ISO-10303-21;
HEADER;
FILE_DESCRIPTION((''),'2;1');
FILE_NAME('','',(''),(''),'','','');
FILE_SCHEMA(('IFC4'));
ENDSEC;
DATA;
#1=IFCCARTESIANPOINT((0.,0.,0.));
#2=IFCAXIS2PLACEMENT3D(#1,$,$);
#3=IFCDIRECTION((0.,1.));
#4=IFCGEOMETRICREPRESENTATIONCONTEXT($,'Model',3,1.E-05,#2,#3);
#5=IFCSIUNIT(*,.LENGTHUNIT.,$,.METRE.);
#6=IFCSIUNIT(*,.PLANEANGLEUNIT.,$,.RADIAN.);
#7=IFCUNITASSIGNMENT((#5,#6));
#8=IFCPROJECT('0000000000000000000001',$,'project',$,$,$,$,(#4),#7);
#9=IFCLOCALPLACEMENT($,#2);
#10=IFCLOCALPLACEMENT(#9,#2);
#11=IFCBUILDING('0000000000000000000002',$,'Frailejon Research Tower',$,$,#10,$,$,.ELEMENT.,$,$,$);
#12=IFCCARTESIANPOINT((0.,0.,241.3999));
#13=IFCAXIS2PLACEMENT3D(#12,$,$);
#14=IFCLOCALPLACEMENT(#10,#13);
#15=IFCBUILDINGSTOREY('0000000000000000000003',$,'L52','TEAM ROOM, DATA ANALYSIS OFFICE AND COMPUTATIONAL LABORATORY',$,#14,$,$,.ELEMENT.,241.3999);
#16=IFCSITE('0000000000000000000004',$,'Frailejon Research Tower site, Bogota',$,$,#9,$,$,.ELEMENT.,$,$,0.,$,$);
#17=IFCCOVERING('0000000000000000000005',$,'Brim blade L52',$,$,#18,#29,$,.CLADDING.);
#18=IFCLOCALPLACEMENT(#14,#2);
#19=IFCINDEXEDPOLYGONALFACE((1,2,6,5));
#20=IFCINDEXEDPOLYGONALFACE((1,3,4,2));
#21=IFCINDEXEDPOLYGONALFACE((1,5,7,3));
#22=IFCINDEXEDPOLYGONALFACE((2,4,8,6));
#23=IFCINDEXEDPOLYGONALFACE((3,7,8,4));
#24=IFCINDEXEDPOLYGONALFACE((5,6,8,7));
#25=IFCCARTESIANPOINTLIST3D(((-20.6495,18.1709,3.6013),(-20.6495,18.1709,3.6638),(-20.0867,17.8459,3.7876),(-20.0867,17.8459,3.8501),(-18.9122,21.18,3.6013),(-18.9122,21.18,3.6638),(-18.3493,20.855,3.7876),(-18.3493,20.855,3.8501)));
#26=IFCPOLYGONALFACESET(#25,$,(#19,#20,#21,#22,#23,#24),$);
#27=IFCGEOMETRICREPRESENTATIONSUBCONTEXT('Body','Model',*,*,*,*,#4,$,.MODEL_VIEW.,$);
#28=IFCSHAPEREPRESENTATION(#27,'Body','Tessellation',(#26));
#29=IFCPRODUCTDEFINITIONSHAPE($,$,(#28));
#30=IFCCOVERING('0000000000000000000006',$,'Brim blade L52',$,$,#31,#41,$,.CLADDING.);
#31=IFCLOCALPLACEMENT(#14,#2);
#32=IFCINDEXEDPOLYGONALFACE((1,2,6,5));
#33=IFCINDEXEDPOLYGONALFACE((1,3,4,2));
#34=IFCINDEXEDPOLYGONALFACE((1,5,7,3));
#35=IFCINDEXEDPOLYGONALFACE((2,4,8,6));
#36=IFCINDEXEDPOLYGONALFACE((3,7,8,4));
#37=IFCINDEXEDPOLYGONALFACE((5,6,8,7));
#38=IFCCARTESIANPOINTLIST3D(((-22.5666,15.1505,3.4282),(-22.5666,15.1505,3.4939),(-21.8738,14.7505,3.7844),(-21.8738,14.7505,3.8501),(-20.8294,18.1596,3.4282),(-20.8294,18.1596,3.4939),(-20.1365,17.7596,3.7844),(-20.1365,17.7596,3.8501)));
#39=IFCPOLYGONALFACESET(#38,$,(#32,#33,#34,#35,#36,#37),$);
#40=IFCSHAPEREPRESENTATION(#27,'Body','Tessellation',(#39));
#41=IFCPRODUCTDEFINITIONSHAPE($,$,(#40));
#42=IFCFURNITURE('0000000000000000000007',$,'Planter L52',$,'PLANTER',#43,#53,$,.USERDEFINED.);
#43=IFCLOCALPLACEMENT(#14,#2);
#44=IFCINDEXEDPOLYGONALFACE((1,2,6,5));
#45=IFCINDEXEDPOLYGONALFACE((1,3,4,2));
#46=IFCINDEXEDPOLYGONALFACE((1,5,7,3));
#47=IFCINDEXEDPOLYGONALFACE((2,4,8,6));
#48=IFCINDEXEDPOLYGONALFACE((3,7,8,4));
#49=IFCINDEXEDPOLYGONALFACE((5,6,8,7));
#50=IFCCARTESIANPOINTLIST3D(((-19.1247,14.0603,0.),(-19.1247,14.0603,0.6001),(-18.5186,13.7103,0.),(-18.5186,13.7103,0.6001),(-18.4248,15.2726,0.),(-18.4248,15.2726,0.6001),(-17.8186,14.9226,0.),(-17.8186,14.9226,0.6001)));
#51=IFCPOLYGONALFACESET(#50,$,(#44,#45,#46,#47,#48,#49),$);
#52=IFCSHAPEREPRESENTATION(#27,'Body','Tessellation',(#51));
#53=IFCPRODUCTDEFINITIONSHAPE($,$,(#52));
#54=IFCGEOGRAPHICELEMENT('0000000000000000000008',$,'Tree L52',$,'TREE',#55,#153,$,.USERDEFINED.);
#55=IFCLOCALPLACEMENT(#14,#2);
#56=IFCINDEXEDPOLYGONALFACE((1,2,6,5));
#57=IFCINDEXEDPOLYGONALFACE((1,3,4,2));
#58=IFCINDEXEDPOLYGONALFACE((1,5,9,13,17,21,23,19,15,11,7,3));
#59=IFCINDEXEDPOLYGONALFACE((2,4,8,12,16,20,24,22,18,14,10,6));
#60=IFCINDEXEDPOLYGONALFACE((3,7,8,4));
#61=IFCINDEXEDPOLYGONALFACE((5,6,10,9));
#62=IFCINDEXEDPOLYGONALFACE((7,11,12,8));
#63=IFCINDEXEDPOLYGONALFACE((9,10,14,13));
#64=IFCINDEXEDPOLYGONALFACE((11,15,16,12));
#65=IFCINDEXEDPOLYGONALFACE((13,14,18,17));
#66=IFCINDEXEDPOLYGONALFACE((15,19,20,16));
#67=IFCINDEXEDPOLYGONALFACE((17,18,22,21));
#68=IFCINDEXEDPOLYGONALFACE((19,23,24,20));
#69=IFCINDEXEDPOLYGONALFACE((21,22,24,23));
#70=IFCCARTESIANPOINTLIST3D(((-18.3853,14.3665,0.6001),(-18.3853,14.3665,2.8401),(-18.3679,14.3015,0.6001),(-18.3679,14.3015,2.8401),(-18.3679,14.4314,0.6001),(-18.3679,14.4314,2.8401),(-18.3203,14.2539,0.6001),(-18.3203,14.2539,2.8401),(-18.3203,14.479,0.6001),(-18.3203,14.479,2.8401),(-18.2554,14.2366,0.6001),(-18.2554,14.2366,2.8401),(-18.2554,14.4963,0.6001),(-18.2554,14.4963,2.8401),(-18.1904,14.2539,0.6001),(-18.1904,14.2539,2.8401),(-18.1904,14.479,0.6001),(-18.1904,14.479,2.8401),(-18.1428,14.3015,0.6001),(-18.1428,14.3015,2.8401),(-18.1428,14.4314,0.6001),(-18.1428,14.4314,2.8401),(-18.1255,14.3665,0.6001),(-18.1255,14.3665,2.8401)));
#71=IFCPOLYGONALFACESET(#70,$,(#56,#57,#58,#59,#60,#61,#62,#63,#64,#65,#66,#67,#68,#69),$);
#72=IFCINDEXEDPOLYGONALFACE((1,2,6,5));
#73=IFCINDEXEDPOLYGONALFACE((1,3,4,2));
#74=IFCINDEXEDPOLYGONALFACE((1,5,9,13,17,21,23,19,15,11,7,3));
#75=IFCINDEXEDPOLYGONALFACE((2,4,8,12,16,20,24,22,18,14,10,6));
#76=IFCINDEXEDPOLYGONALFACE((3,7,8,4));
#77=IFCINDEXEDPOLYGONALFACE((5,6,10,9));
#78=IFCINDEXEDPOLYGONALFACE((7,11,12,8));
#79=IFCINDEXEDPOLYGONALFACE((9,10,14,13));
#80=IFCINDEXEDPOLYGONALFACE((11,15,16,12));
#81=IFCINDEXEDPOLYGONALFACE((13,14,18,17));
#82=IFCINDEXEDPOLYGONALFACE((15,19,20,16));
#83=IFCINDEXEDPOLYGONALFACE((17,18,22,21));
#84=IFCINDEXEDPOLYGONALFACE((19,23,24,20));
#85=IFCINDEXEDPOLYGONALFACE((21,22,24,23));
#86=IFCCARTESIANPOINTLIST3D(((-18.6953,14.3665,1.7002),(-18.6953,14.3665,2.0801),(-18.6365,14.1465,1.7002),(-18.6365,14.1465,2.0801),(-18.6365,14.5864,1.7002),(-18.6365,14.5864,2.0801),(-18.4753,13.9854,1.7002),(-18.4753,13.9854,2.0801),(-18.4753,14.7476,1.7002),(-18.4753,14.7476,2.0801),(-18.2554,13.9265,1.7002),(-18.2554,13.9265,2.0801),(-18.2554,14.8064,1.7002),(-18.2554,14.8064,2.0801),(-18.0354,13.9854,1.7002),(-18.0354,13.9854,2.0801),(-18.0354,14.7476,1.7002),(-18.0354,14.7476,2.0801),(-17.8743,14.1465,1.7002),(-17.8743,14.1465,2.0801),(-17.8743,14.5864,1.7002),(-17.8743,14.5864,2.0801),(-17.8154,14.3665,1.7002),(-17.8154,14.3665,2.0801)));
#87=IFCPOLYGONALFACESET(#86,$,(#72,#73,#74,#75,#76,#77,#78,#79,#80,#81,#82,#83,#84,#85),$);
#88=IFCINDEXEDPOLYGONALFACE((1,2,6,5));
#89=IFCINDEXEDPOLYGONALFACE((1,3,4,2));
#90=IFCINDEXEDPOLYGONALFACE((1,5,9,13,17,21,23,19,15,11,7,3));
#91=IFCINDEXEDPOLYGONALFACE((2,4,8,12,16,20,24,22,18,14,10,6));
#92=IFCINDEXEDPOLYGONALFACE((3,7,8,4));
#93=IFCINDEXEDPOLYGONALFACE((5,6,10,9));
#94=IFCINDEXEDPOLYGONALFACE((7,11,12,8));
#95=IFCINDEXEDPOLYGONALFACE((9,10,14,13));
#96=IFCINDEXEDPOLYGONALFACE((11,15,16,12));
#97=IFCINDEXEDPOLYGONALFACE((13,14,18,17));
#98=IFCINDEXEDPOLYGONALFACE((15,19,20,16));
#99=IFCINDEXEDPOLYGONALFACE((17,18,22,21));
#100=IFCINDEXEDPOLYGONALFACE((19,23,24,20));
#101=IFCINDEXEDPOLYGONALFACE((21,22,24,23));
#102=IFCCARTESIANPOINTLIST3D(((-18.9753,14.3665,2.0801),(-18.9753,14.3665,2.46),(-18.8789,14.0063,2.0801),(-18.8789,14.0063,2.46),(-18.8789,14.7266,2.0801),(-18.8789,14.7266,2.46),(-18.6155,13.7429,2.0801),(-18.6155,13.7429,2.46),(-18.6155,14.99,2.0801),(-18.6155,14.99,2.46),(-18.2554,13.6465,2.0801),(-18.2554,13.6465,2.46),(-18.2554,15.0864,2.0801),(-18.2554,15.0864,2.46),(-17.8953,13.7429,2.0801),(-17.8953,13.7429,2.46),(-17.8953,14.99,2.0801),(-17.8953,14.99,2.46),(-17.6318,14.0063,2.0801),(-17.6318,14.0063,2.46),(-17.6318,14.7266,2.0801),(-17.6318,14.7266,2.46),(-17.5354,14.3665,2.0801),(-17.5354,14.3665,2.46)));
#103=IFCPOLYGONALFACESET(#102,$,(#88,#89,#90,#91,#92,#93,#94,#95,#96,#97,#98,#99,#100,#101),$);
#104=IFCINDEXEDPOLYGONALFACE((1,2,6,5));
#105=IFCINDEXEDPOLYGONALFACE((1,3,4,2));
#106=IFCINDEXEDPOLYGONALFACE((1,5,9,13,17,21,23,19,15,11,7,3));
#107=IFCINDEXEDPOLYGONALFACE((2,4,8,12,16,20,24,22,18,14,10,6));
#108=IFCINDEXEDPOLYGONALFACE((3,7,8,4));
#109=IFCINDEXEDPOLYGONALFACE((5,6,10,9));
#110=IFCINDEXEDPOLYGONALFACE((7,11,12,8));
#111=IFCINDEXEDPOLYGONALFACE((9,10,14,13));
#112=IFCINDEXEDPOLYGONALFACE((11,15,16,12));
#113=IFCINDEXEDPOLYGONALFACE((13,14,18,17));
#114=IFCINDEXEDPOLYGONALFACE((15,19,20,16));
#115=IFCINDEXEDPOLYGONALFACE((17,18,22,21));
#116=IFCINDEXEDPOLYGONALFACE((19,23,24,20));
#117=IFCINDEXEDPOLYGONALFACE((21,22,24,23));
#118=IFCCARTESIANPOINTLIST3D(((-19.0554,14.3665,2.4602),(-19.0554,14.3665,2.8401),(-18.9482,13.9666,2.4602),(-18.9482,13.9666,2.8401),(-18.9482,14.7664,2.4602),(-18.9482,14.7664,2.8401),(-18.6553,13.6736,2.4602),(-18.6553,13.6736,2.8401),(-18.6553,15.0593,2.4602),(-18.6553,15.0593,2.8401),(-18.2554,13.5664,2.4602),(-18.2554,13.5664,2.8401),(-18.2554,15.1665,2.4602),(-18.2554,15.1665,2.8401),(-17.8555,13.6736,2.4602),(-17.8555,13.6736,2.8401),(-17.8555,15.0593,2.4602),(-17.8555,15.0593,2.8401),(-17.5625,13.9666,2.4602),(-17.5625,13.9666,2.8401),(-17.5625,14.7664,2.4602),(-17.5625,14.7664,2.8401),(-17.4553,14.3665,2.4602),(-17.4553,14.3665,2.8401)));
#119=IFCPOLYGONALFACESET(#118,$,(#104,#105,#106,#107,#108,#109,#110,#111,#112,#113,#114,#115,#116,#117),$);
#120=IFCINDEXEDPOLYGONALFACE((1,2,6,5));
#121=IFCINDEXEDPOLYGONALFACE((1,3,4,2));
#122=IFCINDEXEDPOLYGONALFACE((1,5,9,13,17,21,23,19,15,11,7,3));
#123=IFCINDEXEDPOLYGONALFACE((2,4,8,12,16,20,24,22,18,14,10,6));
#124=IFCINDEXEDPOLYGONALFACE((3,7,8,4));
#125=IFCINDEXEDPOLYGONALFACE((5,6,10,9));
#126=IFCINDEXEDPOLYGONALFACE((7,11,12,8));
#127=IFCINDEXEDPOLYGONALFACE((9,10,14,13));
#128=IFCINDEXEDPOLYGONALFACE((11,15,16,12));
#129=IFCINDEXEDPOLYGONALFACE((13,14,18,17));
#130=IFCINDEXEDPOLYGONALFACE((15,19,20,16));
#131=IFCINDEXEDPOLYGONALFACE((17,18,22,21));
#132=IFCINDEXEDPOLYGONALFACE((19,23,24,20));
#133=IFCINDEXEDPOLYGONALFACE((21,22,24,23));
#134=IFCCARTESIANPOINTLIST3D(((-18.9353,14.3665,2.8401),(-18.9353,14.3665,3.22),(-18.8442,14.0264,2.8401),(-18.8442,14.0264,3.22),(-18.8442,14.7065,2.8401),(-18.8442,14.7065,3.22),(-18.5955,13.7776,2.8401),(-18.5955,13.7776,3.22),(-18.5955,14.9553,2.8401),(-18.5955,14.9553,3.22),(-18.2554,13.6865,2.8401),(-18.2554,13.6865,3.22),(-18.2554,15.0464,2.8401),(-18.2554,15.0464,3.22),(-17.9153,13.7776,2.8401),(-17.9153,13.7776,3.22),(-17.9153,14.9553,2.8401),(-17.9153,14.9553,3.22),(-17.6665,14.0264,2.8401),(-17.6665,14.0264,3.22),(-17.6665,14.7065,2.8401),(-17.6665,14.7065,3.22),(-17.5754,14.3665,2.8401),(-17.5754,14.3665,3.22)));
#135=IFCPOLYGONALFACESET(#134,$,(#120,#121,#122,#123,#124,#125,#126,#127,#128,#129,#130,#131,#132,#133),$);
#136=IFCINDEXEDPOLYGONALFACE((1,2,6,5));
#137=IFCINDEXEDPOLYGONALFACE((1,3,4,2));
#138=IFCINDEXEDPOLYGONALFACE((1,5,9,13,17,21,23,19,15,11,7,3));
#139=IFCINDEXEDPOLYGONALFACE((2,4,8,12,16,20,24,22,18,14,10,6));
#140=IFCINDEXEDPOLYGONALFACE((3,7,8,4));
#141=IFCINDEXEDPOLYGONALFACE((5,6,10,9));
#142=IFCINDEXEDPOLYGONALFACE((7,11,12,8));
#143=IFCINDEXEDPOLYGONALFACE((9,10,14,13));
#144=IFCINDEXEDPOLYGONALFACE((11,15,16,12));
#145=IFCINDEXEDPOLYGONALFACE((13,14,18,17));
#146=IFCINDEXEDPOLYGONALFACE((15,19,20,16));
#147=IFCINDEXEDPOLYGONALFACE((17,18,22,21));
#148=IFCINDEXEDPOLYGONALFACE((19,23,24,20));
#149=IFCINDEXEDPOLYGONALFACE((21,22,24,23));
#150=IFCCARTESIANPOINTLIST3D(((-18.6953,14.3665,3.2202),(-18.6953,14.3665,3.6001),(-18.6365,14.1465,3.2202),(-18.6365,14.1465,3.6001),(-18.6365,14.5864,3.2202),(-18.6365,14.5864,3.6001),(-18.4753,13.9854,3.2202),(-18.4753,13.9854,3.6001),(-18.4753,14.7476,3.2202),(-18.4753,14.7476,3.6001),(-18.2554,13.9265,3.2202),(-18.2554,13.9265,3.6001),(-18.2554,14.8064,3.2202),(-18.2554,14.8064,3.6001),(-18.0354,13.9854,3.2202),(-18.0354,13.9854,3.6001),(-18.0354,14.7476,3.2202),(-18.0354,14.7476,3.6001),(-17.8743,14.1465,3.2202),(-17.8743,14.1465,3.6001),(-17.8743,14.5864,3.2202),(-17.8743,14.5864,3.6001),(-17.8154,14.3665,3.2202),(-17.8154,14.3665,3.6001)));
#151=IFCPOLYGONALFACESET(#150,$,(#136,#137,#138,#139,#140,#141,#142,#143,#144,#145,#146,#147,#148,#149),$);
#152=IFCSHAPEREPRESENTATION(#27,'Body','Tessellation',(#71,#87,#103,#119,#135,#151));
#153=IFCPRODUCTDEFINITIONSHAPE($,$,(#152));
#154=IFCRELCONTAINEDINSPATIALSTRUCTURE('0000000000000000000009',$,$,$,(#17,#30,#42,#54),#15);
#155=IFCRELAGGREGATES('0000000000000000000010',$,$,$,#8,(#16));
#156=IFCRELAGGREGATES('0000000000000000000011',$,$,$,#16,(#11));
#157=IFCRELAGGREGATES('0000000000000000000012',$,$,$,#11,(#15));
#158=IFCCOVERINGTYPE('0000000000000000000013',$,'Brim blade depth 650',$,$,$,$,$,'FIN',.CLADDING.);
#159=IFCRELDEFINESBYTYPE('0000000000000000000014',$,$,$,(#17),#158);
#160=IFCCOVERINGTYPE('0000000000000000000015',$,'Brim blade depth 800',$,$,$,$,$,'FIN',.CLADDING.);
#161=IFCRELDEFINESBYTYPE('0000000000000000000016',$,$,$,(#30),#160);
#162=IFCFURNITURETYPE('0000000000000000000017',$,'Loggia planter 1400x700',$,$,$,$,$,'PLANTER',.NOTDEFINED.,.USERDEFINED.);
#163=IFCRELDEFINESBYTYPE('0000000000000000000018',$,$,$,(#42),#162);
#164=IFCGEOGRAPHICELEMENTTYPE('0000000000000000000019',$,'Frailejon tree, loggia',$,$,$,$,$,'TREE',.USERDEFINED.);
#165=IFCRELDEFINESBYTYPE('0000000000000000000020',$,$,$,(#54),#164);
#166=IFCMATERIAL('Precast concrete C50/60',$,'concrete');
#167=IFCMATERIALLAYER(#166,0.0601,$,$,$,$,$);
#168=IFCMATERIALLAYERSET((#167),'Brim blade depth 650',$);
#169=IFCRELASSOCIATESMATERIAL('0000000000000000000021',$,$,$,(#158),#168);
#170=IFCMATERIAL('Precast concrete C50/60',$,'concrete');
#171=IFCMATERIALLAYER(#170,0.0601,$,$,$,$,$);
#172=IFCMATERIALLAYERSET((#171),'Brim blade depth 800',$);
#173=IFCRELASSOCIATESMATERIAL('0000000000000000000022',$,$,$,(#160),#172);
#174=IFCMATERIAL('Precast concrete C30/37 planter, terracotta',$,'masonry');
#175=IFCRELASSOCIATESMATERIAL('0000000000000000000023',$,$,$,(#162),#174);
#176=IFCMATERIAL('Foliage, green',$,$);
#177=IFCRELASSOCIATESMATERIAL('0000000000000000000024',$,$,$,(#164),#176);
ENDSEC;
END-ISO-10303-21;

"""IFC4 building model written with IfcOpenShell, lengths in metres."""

from ifc_helpers import new_model, si_unit, direction, frame, origin, origin_2d, place, context, subcontext, project, spatial, polyline, rectangle, outline, extrude, material, layer, layer_set, type_object, element, save


model = new_model("IFC4")

# Units and contexts
model_context = context("Model", 3, precision=1e-05, world=origin(), true_north=direction((0.0, 1.0)))
body_context = subcontext(model_context, "Body", "Model", "MODEL_VIEW")
ifc_project = project(units=[si_unit("LENGTHUNIT", "METRE"), si_unit("PLANEANGLEUNIT", "RADIAN")], contexts=[model_context])

# Site, building, storey
site_placement = place(None, origin())
site = spatial("IfcSite", under=ifc_project, at=site_placement, Name="Frailejon Research Tower site, Bogota", CompositionType="ELEMENT", RefElevation=0.0)
building_placement = place(site_placement, origin())
building = spatial("IfcBuilding", under=site, at=building_placement, Name="Frailejon Research Tower", CompositionType="ELEMENT")
storey_placement = place(building_placement, frame((0.0, 0.0, 241.3999)))
storey = spatial("IfcBuildingStorey", under=building, at=storey_placement, Name="L52", Description="TEAM ROOM, DATA ANALYSIS OFFICE AND COMPUTATIONAL LABORATORY", CompositionType="ELEMENT", Elevation=241.3999)

# Coverings
ifc_material_1 = material(Name="Precast concrete C50/60", Category="concrete")
ifc_layer_1 = layer(ifc_material_1, 0.0601)
ifc_layer_set_1 = layer_set([ifc_layer_1], Name="Brim blade depth 650")
covering_type_1 = type_object("IfcCoveringType", Name="Brim blade depth 650", ElementType="FIN", PredefinedType="CLADDING", material=ifc_layer_set_1)
covering_1_placement = place(storey_placement, frame((-20.0867, 17.8459, 3.8501), z_axis=(0.500011, 0.866019, 0.0), x_axis=(-0.866019, 0.500011, 0.0)))
element("IfcCovering", 1, at=covering_1_placement, inside=storey, type_object=covering_type_1, Name="Brim blade L52", PredefinedType="CLADDING", context=body_context, shape_type="SweptSolid", body=[
    extrude(outline(polyline([(0.0, -0.0625), (0.6499, -0.2488), (0.6499, -0.1863), (0.0, 0.0), (0.0, -0.0625)])), origin(), (0.0, 0.0, 1.0), 3.4746),
])
ifc_material_2 = material(Name="Precast concrete C50/60", Category="concrete")
ifc_layer_2 = layer(ifc_material_2, 0.0601)
ifc_layer_set_2 = layer_set([ifc_layer_2], Name="Brim blade depth 800")
covering_type_2 = type_object("IfcCoveringType", Name="Brim blade depth 800", ElementType="FIN", PredefinedType="CLADDING", material=ifc_layer_set_2)
covering_2_placement = place(storey_placement, frame((-21.8738, 14.7505, 3.8501), z_axis=(0.49999, 0.866031, 0.0), x_axis=(-0.866031, 0.49999, 0.0)))
element("IfcCovering", 2, at=covering_2_placement, inside=storey, type_object=covering_type_2, Name="Brim blade L52", PredefinedType="CLADDING", context=body_context, shape_type="SweptSolid", body=[
    extrude(outline(polyline([(0.0, -0.0657), (0.8, -0.4219), (0.8, -0.3562), (0.0, 0.0), (0.0, -0.0657)])), origin(), (0.0, 0.0, 1.0), 3.4746),
])

# Furniture
ifc_material_3 = material(Name="Precast concrete C30/37 planter, terracotta", Category="masonry")
furniture_type = type_object("IfcFurnitureType", Name="Loggia planter 1400x700", ElementType="PLANTER", AssemblyPlace="NOTDEFINED", PredefinedType="USERDEFINED", material=ifc_material_3)
furniture_placement = place(storey_placement, frame((-18.4717, 14.4915, 0.0), z_axis=(0.0, 0.0, 1.0), x_axis=(-0.5, -0.866025, 0.0)))
element("IfcFurniture", 3, at=furniture_placement, inside=storey, type_object=furniture_type, Name="Planter L52", ObjectType="PLANTER", PredefinedType="USERDEFINED", context=body_context, shape_type="SweptSolid", body=[
    extrude(rectangle(XDim=1.3999, YDim=0.7, at=origin_2d()), origin(), (0.0, 0.0, 1.0), 0.6001),
])

# Geographic element
ifc_material_4 = material(Name="Foliage, green")
geographic_element_type = type_object("IfcGeographicElementType", Name="Frailejon tree, loggia", ElementType="TREE", PredefinedType="USERDEFINED", material=ifc_material_4)
geographic_element_placement = place(storey_placement, frame((-18.2554, 14.3665, 0.6001)))
element("IfcGeographicElement", 4, at=geographic_element_placement, inside=storey, type_object=geographic_element_type, Name="Tree L52", ObjectType="TREE", PredefinedType="USERDEFINED", context=body_context, shape_type="SweptSolid", body=[
    extrude(outline(polyline([(0.1299, 0.0), (0.1125, 0.0649), (0.0649, 0.1125), (0.0, 0.1299), (-0.0649, 0.1125), (-0.1125, 0.0649), (-0.1299, 0.0), (-0.1125, -0.0649), (-0.0649, -0.1125), (0.0, -0.1299), (0.0649, -0.1125), (0.1125, -0.0649), (0.1299, 0.0)])), origin(), (0.0, 0.0, 1.0), 2.24),
    extrude(outline(polyline([(0.4399, 0.0), (0.3811, 0.22), (0.22, 0.3811), (0.0, 0.4399), (-0.22, 0.3811), (-0.3811, 0.22), (-0.4399, 0.0), (-0.3811, -0.22), (-0.22, -0.3811), (0.0, -0.4399), (0.22, -0.3811), (0.3811, -0.22), (0.4399, 0.0)])), frame((0.0, 0.0, 1.1001)), (0.0, 0.0, 1.0), 0.3799),
    extrude(outline(polyline([(0.72, 0.0), (0.6235, 0.3601), (0.3601, 0.6235), (0.0, 0.72), (-0.3601, 0.6235), (-0.6235, 0.3601), (-0.72, 0.0), (-0.6235, -0.3601), (-0.3601, -0.6235), (0.0, -0.72), (0.3601, -0.6235), (0.6235, -0.3601), (0.72, 0.0)])), frame((0.0, 0.0, 1.48)), (0.0, 0.0, 1.0), 0.3799),
    extrude(outline(polyline([(0.8, 0.0), (0.6929, 0.3999), (0.3999, 0.6929), (0.0, 0.8), (-0.3999, 0.6929), (-0.6929, 0.3999), (-0.8, 0.0), (-0.6929, -0.3999), (-0.3999, -0.6929), (0.0, -0.8), (0.3999, -0.6929), (0.6929, -0.3999), (0.8, 0.0)])), frame((0.0, 0.0, 1.8601)), (0.0, 0.0, 1.0), 0.3799),
    extrude(outline(polyline([(0.6799, 0.0), (0.5889, 0.3401), (0.3401, 0.5889), (0.0, 0.6799), (-0.3401, 0.5889), (-0.5889, 0.3401), (-0.6799, 0.0), (-0.5889, -0.3401), (-0.3401, -0.5889), (0.0, -0.6799), (0.3401, -0.5889), (0.5889, -0.3401), (0.6799, 0.0)])), frame((0.0, 0.0, 2.24)), (0.0, 0.0, 1.0), 0.3799),
    extrude(outline(polyline([(0.4399, 0.0), (0.3811, 0.22), (0.22, 0.3811), (0.0, 0.4399), (-0.22, 0.3811), (-0.3811, 0.22), (-0.4399, 0.0), (-0.3811, -0.22), (-0.22, -0.3811), (0.0, -0.4399), (0.22, -0.3811), (0.3811, -0.22), (0.4399, 0.0)])), frame((0.0, 0.0, 2.6201)), (0.0, 0.0, 1.0), 0.3799),
])

save(model, "model.ifc")
